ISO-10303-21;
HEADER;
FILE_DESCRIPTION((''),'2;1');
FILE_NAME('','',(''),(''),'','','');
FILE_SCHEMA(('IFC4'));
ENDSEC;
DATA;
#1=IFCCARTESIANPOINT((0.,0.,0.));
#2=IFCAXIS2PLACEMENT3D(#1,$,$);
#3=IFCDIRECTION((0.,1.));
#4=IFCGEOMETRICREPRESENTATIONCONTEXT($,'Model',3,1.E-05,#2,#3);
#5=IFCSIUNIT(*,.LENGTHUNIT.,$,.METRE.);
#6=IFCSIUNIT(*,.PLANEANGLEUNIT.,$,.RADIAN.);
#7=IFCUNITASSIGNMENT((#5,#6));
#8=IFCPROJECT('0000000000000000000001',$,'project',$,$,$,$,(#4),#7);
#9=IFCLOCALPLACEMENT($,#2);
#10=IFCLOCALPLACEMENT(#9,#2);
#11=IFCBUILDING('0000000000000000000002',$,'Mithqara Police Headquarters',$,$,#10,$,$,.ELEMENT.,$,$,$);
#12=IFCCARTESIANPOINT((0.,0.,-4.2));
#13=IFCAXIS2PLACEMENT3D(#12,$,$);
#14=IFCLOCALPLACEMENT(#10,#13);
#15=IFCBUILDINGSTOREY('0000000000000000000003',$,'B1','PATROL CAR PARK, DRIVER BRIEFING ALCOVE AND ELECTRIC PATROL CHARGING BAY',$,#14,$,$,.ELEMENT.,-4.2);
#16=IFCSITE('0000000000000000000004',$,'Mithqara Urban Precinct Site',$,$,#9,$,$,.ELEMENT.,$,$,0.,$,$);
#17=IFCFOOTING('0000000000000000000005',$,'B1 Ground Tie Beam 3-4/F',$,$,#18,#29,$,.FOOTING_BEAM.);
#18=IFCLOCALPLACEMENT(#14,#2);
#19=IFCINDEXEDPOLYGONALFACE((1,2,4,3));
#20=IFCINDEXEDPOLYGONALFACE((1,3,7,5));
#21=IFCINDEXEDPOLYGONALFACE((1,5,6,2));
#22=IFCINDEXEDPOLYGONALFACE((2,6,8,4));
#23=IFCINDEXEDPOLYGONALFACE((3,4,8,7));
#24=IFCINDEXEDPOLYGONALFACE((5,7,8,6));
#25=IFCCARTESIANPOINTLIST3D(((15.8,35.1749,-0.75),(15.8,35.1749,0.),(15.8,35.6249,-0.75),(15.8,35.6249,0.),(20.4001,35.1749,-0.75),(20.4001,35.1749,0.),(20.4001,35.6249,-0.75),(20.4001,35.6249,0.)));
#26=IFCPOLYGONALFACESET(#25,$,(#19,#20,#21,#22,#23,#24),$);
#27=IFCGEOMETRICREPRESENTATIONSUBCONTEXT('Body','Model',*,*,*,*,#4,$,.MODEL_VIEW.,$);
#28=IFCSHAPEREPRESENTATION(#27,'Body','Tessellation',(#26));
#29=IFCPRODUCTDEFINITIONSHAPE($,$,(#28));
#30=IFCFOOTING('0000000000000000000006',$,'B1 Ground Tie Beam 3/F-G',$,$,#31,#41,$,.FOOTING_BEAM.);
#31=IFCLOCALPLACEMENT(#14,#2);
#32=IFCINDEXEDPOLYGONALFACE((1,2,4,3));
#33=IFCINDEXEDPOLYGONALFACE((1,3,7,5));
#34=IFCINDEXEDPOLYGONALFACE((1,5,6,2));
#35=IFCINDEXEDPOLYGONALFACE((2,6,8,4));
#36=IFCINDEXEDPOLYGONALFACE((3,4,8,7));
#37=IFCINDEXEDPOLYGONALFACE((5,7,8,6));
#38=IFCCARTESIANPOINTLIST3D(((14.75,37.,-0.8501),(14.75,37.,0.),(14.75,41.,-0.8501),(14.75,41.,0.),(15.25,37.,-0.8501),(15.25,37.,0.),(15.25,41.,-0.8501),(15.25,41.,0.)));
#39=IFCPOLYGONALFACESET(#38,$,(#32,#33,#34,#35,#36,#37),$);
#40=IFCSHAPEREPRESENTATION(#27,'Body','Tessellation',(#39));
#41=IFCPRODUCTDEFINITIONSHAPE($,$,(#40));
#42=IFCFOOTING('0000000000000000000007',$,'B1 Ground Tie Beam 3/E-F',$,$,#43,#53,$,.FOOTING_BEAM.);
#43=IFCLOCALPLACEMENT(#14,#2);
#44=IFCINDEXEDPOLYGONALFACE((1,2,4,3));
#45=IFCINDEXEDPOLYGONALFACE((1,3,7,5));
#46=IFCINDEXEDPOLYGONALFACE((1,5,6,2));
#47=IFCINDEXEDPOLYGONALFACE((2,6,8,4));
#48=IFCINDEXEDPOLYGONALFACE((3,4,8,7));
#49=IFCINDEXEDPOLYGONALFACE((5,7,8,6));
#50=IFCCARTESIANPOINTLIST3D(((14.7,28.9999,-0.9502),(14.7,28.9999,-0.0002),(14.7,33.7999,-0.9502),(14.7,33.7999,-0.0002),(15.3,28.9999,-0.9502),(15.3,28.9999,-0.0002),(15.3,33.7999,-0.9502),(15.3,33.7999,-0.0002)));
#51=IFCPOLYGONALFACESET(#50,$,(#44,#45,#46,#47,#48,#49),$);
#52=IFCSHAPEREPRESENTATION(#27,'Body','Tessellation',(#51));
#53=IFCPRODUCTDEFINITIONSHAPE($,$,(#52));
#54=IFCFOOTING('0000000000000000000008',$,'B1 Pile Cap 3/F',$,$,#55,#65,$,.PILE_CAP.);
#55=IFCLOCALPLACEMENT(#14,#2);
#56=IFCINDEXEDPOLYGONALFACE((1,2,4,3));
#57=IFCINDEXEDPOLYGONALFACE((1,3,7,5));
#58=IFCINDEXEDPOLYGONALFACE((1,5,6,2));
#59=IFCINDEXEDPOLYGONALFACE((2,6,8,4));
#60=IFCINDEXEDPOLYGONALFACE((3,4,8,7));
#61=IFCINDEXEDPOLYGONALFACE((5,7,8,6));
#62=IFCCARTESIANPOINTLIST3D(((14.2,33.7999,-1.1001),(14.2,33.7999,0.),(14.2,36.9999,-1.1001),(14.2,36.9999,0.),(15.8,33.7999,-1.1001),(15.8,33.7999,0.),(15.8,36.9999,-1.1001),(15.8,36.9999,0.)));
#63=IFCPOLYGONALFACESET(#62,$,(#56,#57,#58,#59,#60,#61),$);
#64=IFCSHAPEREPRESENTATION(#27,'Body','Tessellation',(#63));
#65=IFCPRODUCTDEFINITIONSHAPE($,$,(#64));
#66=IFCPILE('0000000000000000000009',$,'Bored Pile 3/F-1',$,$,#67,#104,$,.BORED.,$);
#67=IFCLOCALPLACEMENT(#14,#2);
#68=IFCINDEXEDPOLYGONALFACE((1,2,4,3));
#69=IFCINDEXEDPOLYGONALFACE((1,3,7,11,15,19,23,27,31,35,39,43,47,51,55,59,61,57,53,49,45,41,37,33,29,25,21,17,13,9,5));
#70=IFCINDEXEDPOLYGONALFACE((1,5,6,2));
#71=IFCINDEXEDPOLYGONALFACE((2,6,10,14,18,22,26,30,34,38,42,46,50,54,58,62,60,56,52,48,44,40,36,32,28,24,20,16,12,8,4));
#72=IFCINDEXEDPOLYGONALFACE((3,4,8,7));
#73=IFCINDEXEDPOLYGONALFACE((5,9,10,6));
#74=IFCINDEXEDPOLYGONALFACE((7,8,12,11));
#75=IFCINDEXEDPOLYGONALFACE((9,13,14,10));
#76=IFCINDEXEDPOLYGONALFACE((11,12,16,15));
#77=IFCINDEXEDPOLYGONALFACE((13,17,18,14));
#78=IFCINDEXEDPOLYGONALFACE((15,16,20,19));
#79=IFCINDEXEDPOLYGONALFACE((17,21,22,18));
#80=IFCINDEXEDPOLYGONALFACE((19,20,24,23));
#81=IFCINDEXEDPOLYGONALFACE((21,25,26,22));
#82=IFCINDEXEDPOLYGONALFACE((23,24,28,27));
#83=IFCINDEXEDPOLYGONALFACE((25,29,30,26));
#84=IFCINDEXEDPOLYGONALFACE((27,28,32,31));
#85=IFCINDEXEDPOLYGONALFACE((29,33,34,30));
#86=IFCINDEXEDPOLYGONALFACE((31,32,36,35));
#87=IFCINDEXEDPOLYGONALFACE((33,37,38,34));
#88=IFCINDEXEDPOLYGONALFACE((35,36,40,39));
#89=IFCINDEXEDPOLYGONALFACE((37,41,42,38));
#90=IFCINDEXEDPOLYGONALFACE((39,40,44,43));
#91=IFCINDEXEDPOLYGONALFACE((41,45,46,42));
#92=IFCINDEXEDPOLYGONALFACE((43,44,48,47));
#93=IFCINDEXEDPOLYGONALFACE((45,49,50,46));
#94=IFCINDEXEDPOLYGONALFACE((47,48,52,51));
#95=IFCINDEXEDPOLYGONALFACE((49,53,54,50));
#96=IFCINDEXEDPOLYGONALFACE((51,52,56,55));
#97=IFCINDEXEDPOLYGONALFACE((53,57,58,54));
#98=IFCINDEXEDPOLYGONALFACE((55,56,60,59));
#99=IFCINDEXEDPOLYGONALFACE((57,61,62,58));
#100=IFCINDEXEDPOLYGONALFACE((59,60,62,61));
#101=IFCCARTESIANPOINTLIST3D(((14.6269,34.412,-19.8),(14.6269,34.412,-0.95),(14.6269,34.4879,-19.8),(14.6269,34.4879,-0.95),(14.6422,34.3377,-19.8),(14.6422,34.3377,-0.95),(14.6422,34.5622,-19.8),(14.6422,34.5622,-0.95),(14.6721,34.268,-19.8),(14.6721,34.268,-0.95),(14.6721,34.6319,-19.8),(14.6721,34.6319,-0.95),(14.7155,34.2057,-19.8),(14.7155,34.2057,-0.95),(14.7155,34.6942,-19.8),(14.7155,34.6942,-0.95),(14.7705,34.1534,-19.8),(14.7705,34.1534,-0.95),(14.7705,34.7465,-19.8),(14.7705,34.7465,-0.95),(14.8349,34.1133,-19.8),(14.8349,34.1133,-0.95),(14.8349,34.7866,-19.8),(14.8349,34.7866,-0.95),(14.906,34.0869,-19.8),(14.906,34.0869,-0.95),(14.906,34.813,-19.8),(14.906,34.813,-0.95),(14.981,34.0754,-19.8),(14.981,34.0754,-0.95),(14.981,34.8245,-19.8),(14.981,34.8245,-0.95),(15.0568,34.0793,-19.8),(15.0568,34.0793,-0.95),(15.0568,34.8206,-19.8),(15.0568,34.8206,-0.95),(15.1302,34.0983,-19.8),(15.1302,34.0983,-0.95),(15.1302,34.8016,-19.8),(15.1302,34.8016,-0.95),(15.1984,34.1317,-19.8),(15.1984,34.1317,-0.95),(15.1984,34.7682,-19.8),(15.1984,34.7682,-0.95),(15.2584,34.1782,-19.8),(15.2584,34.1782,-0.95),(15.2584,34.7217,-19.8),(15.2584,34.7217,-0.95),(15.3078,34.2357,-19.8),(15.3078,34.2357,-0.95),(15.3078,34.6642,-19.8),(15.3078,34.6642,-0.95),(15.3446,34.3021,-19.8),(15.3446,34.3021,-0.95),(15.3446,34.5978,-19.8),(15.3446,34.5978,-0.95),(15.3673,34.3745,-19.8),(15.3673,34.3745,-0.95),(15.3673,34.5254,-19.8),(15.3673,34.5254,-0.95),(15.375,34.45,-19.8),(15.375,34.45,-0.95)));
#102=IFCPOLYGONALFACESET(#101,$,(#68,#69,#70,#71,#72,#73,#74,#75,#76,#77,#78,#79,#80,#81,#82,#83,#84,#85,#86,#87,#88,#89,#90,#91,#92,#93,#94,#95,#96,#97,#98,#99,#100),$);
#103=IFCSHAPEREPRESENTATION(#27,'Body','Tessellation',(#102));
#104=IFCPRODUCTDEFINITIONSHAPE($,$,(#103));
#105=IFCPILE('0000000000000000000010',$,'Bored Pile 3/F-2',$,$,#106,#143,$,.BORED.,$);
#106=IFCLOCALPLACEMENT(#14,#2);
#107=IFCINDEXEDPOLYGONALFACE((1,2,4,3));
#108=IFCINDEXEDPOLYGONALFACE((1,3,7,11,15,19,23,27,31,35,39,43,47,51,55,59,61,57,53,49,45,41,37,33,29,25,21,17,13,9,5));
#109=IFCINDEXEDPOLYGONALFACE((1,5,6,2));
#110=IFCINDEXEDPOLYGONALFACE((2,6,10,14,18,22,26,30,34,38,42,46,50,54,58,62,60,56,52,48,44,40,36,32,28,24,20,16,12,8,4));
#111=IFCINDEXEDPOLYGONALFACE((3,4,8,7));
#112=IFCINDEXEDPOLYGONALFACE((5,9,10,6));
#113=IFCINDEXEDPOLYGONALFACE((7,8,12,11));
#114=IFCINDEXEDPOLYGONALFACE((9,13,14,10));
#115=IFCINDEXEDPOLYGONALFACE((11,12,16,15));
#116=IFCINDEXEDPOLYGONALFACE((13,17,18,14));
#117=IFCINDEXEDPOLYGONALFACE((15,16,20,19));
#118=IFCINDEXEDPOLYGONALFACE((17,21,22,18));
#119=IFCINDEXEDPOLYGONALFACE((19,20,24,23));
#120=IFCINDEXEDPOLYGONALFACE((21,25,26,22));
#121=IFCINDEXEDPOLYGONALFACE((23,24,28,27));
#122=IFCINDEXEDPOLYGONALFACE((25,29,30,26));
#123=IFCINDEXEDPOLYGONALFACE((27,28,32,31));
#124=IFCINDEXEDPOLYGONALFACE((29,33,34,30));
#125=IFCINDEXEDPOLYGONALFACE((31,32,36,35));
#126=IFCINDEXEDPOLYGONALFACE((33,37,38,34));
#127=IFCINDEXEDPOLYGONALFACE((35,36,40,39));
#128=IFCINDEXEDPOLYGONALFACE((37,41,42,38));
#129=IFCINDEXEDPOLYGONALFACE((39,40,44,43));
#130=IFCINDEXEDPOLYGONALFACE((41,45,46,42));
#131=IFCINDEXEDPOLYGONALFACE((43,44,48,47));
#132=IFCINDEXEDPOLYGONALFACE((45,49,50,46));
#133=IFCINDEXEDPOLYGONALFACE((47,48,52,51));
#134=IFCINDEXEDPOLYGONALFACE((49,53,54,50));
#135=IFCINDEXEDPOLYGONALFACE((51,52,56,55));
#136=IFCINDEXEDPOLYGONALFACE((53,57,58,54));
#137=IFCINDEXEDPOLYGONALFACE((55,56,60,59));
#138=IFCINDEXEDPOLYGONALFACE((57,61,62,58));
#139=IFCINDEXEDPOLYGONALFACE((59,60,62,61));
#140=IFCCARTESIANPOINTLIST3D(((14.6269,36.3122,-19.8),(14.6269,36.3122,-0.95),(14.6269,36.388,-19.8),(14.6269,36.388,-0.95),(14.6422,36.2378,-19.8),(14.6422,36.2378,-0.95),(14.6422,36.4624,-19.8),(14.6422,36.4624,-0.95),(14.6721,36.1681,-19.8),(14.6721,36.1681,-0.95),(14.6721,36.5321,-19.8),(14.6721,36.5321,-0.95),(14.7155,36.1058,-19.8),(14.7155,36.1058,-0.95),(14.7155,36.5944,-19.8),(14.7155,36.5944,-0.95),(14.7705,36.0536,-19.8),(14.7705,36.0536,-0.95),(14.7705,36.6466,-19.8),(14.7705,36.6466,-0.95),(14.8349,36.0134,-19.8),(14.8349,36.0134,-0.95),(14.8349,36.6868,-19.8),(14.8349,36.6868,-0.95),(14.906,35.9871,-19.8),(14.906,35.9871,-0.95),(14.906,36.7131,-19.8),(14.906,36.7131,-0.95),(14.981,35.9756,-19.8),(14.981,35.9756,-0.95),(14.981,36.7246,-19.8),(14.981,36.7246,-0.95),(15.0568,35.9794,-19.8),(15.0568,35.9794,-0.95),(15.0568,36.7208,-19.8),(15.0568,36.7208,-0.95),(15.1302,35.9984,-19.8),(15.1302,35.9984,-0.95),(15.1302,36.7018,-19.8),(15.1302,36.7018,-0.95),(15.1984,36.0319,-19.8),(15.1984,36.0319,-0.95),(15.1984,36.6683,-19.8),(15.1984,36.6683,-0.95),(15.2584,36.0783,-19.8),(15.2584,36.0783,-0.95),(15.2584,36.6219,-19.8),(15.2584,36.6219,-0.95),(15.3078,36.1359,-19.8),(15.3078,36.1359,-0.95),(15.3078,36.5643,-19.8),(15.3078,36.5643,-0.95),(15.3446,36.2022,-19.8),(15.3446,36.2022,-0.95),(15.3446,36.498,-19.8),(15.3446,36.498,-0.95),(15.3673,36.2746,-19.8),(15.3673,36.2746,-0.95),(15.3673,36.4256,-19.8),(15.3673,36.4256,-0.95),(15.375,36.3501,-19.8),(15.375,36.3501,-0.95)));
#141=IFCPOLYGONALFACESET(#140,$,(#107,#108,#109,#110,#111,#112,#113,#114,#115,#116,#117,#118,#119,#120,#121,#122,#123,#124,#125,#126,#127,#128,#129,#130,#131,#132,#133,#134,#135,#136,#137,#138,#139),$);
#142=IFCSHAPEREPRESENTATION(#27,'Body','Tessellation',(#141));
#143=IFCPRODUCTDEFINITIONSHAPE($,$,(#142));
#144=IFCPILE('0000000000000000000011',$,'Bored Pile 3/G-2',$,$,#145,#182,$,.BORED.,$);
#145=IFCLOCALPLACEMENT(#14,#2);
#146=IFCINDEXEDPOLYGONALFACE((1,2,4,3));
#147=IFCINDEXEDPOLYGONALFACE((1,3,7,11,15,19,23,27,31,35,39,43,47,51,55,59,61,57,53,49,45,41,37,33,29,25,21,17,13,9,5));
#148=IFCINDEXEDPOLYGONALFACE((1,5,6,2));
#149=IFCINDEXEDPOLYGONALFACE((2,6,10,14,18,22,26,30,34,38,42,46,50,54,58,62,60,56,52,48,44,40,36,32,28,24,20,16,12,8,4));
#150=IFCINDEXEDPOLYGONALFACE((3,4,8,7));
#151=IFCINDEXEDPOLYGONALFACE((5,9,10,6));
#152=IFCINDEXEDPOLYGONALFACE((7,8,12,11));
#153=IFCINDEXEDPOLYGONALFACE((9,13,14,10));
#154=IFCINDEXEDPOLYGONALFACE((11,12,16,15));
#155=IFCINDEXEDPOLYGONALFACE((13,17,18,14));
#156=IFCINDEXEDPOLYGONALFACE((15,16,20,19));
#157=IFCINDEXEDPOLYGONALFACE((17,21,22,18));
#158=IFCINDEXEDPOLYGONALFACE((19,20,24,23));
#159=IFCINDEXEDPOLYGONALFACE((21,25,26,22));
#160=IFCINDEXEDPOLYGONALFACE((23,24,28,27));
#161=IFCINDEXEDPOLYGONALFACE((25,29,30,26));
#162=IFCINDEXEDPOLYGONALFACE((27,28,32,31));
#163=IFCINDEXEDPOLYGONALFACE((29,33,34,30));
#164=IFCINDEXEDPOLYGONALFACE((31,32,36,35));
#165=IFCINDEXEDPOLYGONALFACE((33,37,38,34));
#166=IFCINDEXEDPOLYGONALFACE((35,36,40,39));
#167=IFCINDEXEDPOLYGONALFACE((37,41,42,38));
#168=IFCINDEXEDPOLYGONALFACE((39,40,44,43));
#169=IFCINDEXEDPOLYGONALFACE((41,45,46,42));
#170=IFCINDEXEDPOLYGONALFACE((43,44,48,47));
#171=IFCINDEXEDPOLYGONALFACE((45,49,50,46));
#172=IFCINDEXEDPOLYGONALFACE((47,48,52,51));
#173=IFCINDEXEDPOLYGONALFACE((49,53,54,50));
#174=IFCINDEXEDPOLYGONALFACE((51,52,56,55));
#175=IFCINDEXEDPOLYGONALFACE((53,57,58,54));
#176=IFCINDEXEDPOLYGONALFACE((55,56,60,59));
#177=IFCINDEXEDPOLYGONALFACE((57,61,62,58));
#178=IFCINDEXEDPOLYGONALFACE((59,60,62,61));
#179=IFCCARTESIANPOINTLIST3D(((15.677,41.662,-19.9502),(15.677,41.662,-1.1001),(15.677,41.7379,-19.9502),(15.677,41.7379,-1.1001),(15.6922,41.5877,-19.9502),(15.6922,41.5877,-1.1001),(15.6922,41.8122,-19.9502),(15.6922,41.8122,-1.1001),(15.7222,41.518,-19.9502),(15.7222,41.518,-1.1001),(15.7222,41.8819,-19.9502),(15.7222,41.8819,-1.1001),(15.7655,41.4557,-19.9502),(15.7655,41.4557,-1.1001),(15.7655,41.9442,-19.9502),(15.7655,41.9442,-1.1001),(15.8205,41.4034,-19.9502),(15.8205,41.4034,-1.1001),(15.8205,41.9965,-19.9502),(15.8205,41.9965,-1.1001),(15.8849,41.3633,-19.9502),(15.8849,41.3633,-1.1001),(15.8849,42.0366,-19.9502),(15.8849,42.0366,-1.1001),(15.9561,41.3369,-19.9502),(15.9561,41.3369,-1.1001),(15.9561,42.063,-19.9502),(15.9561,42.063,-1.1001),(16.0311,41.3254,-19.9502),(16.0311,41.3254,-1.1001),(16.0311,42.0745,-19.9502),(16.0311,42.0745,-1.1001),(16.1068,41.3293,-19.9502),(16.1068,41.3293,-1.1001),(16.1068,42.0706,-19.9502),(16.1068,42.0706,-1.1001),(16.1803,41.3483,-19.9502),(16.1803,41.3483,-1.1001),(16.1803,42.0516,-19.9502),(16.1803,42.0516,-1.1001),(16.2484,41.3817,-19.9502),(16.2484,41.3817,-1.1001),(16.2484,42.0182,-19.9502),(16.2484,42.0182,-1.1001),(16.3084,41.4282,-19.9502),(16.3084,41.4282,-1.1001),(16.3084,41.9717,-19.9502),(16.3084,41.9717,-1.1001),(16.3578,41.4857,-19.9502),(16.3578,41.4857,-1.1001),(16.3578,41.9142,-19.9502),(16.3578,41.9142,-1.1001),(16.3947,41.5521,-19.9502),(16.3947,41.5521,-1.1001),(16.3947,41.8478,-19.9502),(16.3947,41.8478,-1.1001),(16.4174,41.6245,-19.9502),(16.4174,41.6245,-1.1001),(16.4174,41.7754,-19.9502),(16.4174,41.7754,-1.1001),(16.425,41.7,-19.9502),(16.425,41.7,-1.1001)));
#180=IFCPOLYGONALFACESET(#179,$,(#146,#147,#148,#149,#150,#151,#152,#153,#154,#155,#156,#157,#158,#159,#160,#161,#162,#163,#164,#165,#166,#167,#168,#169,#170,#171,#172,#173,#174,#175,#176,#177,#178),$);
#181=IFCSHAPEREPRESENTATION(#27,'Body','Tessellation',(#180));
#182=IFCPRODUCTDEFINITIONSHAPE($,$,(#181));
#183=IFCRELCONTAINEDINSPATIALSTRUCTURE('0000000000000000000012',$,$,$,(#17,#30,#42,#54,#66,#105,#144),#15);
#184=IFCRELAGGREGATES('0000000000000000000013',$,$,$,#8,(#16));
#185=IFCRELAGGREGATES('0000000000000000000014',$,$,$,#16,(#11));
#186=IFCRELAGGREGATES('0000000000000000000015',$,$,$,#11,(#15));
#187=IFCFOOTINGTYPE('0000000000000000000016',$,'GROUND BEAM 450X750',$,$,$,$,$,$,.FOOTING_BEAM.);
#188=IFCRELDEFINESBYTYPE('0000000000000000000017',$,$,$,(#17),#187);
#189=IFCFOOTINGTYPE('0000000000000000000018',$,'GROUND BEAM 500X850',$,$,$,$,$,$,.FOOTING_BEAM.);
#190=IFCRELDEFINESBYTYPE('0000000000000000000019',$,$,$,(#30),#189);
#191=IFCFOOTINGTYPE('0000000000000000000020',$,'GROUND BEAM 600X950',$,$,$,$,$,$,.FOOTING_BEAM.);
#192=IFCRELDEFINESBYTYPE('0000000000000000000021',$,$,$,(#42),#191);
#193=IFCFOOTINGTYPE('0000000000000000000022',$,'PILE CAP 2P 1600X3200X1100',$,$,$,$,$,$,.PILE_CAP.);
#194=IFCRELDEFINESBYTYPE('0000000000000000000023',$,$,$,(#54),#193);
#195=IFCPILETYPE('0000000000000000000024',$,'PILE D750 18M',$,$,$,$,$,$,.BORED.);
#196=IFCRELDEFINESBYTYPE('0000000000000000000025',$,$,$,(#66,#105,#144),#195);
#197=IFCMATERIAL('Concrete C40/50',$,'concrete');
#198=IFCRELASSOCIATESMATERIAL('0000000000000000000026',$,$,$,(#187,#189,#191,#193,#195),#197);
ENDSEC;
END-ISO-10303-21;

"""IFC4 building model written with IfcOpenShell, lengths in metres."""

from ifc_helpers import new_model, si_unit, direction, frame, origin, origin_2d, place, context, subcontext, project, spatial, rectangle, circle, extrude, material, material_profile, profile_set, type_object, element, save


model = new_model("IFC4")

# Units and contexts
model_context = context("Model", 3, precision=1e-05, world=origin(), true_north=direction((0.0, 1.0)))
body_context = subcontext(model_context, "Body", "Model", "MODEL_VIEW")
ifc_project = project(units=[si_unit("LENGTHUNIT", "METRE"), si_unit("PLANEANGLEUNIT", "RADIAN")], contexts=[model_context])

# Site, building, storey
site_placement = place(None, origin())
site = spatial("IfcSite", under=ifc_project, at=site_placement, Name="Mithqara Urban Precinct Site", CompositionType="ELEMENT", RefElevation=0.0)
building_placement = place(site_placement, origin())
building = spatial("IfcBuilding", under=site, at=building_placement, Name="Mithqara Police Headquarters", CompositionType="ELEMENT")
storey_placement = place(building_placement, frame((0.0, 0.0, -4.2)))
storey = spatial("IfcBuildingStorey", under=building, at=storey_placement, Name="B1", Description="PATROL CAR PARK, DRIVER BRIEFING ALCOVE AND ELECTRIC PATROL CHARGING BAY", CompositionType="ELEMENT", Elevation=-4.2)

# Footings
ifc_material_1 = material(Name="Concrete C40/50", Category="concrete")
footing_type_1 = type_object("IfcFootingType", Name="GROUND BEAM 450X750", PredefinedType="FOOTING_BEAM", material=ifc_material_1)
footing_1_placement = place(storey_placement, frame((18.1001, 35.3999, -0.75), z_axis=(0.0, 0.0, 1.0), x_axis=(1.0, 0.0, 0.0)))
element("IfcFooting", 1, at=footing_1_placement, inside=storey, type_object=footing_type_1, Name="B1 Ground Tie Beam 3-4/F", PredefinedType="FOOTING_BEAM", context=body_context, shape_type="SweptSolid", body=[
    extrude(rectangle(XDim=4.6001, YDim=0.45, at=origin_2d()), origin(), (0.0, 0.0, 1.0), 0.75),
])
footing_type_2 = type_object("IfcFootingType", Name="GROUND BEAM 500X850", PredefinedType="FOOTING_BEAM", material=ifc_material_1)
footing_2_placement = place(storey_placement, frame((15.0, 39.0, -0.8501), z_axis=(0.0, 0.0, 1.0), x_axis=(1.0, 0.0, 0.0)))
element("IfcFooting", 2, at=footing_2_placement, inside=storey, type_object=footing_type_2, Name="B1 Ground Tie Beam 3/F-G", PredefinedType="FOOTING_BEAM", context=body_context, shape_type="SweptSolid", body=[
    extrude(rectangle(XDim=0.5, YDim=4.0, at=origin_2d()), origin(), (0.0, 0.0, 1.0), 0.8501),
])
footing_type_3 = type_object("IfcFootingType", Name="GROUND BEAM 600X950", PredefinedType="FOOTING_BEAM", material=ifc_material_1)
footing_3_placement = place(storey_placement, frame((15.0, 31.3999, -0.9502), z_axis=(0.0, 0.0, 1.0), x_axis=(1.0, 0.0, 0.0)))
element("IfcFooting", 3, at=footing_3_placement, inside=storey, type_object=footing_type_3, Name="B1 Ground Tie Beam 3/E-F", PredefinedType="FOOTING_BEAM", context=body_context, shape_type="SweptSolid", body=[
    extrude(rectangle(XDim=0.6001, YDim=4.8, at=origin_2d()), origin(), (0.0, 0.0, 1.0), 0.95),
])
footing_type_4 = type_object("IfcFootingType", Name="PILE CAP 2P 1600X3200X1100", PredefinedType="PILE_CAP", material=ifc_material_1)
footing_4_placement = place(storey_placement, frame((15.0, 35.3999, -1.1001), z_axis=(0.0, 0.0, 1.0), x_axis=(1.0, 0.0, 0.0)))
element("IfcFooting", 4, at=footing_4_placement, inside=storey, type_object=footing_type_4, Name="B1 Pile Cap 3/F", PredefinedType="PILE_CAP", context=body_context, shape_type="SweptSolid", body=[
    extrude(rectangle(XDim=1.6001, YDim=3.2, at=origin_2d()), origin(), (0.0, 0.0, 1.0), 1.1001),
])

# Piles
ifc_material_profile_1 = material_profile(ifc_material_1, circle(Radius=0.375, at=origin_2d()), Name="PILE D750")
ifc_profile_set_1 = profile_set([ifc_material_profile_1], Name="Concrete C40/50")
pile_type_1 = type_object("IfcPileType", Name="PILE D750 18M", PredefinedType="BORED", material=ifc_profile_set_1)
for number, where, z_axis, x_axis, name in (
    (5, (15.0, 34.45, -0.95), (0.0, 0.0, -1.0), (1.0, 0.0, 0.0), "Bored Pile 3/F-1"),
    (6, (15.0, 36.3501, -0.95), (0.0, 0.0, -1.0), (1.0, 0.0, 0.0), "Bored Pile 3/F-2"),
    (7, (16.05, 41.7, -1.1001), (0.0, 0.0, -1.0), (1.0, 0.0, 0.0), "Bored Pile 3/G-2"),
):
    element("IfcPile", number, at=place(storey_placement, frame(where, z_axis=z_axis, x_axis=x_axis)), inside=storey, type_object=pile_type_1, Name=name, PredefinedType="BORED", context=body_context, shape_type="SweptSolid", body=[
        extrude(circle(Radius=0.375, at=origin_2d()), origin(), (0.0, 0.0, 1.0), 18.8501),
    ])

save(model, "model.ifc")
